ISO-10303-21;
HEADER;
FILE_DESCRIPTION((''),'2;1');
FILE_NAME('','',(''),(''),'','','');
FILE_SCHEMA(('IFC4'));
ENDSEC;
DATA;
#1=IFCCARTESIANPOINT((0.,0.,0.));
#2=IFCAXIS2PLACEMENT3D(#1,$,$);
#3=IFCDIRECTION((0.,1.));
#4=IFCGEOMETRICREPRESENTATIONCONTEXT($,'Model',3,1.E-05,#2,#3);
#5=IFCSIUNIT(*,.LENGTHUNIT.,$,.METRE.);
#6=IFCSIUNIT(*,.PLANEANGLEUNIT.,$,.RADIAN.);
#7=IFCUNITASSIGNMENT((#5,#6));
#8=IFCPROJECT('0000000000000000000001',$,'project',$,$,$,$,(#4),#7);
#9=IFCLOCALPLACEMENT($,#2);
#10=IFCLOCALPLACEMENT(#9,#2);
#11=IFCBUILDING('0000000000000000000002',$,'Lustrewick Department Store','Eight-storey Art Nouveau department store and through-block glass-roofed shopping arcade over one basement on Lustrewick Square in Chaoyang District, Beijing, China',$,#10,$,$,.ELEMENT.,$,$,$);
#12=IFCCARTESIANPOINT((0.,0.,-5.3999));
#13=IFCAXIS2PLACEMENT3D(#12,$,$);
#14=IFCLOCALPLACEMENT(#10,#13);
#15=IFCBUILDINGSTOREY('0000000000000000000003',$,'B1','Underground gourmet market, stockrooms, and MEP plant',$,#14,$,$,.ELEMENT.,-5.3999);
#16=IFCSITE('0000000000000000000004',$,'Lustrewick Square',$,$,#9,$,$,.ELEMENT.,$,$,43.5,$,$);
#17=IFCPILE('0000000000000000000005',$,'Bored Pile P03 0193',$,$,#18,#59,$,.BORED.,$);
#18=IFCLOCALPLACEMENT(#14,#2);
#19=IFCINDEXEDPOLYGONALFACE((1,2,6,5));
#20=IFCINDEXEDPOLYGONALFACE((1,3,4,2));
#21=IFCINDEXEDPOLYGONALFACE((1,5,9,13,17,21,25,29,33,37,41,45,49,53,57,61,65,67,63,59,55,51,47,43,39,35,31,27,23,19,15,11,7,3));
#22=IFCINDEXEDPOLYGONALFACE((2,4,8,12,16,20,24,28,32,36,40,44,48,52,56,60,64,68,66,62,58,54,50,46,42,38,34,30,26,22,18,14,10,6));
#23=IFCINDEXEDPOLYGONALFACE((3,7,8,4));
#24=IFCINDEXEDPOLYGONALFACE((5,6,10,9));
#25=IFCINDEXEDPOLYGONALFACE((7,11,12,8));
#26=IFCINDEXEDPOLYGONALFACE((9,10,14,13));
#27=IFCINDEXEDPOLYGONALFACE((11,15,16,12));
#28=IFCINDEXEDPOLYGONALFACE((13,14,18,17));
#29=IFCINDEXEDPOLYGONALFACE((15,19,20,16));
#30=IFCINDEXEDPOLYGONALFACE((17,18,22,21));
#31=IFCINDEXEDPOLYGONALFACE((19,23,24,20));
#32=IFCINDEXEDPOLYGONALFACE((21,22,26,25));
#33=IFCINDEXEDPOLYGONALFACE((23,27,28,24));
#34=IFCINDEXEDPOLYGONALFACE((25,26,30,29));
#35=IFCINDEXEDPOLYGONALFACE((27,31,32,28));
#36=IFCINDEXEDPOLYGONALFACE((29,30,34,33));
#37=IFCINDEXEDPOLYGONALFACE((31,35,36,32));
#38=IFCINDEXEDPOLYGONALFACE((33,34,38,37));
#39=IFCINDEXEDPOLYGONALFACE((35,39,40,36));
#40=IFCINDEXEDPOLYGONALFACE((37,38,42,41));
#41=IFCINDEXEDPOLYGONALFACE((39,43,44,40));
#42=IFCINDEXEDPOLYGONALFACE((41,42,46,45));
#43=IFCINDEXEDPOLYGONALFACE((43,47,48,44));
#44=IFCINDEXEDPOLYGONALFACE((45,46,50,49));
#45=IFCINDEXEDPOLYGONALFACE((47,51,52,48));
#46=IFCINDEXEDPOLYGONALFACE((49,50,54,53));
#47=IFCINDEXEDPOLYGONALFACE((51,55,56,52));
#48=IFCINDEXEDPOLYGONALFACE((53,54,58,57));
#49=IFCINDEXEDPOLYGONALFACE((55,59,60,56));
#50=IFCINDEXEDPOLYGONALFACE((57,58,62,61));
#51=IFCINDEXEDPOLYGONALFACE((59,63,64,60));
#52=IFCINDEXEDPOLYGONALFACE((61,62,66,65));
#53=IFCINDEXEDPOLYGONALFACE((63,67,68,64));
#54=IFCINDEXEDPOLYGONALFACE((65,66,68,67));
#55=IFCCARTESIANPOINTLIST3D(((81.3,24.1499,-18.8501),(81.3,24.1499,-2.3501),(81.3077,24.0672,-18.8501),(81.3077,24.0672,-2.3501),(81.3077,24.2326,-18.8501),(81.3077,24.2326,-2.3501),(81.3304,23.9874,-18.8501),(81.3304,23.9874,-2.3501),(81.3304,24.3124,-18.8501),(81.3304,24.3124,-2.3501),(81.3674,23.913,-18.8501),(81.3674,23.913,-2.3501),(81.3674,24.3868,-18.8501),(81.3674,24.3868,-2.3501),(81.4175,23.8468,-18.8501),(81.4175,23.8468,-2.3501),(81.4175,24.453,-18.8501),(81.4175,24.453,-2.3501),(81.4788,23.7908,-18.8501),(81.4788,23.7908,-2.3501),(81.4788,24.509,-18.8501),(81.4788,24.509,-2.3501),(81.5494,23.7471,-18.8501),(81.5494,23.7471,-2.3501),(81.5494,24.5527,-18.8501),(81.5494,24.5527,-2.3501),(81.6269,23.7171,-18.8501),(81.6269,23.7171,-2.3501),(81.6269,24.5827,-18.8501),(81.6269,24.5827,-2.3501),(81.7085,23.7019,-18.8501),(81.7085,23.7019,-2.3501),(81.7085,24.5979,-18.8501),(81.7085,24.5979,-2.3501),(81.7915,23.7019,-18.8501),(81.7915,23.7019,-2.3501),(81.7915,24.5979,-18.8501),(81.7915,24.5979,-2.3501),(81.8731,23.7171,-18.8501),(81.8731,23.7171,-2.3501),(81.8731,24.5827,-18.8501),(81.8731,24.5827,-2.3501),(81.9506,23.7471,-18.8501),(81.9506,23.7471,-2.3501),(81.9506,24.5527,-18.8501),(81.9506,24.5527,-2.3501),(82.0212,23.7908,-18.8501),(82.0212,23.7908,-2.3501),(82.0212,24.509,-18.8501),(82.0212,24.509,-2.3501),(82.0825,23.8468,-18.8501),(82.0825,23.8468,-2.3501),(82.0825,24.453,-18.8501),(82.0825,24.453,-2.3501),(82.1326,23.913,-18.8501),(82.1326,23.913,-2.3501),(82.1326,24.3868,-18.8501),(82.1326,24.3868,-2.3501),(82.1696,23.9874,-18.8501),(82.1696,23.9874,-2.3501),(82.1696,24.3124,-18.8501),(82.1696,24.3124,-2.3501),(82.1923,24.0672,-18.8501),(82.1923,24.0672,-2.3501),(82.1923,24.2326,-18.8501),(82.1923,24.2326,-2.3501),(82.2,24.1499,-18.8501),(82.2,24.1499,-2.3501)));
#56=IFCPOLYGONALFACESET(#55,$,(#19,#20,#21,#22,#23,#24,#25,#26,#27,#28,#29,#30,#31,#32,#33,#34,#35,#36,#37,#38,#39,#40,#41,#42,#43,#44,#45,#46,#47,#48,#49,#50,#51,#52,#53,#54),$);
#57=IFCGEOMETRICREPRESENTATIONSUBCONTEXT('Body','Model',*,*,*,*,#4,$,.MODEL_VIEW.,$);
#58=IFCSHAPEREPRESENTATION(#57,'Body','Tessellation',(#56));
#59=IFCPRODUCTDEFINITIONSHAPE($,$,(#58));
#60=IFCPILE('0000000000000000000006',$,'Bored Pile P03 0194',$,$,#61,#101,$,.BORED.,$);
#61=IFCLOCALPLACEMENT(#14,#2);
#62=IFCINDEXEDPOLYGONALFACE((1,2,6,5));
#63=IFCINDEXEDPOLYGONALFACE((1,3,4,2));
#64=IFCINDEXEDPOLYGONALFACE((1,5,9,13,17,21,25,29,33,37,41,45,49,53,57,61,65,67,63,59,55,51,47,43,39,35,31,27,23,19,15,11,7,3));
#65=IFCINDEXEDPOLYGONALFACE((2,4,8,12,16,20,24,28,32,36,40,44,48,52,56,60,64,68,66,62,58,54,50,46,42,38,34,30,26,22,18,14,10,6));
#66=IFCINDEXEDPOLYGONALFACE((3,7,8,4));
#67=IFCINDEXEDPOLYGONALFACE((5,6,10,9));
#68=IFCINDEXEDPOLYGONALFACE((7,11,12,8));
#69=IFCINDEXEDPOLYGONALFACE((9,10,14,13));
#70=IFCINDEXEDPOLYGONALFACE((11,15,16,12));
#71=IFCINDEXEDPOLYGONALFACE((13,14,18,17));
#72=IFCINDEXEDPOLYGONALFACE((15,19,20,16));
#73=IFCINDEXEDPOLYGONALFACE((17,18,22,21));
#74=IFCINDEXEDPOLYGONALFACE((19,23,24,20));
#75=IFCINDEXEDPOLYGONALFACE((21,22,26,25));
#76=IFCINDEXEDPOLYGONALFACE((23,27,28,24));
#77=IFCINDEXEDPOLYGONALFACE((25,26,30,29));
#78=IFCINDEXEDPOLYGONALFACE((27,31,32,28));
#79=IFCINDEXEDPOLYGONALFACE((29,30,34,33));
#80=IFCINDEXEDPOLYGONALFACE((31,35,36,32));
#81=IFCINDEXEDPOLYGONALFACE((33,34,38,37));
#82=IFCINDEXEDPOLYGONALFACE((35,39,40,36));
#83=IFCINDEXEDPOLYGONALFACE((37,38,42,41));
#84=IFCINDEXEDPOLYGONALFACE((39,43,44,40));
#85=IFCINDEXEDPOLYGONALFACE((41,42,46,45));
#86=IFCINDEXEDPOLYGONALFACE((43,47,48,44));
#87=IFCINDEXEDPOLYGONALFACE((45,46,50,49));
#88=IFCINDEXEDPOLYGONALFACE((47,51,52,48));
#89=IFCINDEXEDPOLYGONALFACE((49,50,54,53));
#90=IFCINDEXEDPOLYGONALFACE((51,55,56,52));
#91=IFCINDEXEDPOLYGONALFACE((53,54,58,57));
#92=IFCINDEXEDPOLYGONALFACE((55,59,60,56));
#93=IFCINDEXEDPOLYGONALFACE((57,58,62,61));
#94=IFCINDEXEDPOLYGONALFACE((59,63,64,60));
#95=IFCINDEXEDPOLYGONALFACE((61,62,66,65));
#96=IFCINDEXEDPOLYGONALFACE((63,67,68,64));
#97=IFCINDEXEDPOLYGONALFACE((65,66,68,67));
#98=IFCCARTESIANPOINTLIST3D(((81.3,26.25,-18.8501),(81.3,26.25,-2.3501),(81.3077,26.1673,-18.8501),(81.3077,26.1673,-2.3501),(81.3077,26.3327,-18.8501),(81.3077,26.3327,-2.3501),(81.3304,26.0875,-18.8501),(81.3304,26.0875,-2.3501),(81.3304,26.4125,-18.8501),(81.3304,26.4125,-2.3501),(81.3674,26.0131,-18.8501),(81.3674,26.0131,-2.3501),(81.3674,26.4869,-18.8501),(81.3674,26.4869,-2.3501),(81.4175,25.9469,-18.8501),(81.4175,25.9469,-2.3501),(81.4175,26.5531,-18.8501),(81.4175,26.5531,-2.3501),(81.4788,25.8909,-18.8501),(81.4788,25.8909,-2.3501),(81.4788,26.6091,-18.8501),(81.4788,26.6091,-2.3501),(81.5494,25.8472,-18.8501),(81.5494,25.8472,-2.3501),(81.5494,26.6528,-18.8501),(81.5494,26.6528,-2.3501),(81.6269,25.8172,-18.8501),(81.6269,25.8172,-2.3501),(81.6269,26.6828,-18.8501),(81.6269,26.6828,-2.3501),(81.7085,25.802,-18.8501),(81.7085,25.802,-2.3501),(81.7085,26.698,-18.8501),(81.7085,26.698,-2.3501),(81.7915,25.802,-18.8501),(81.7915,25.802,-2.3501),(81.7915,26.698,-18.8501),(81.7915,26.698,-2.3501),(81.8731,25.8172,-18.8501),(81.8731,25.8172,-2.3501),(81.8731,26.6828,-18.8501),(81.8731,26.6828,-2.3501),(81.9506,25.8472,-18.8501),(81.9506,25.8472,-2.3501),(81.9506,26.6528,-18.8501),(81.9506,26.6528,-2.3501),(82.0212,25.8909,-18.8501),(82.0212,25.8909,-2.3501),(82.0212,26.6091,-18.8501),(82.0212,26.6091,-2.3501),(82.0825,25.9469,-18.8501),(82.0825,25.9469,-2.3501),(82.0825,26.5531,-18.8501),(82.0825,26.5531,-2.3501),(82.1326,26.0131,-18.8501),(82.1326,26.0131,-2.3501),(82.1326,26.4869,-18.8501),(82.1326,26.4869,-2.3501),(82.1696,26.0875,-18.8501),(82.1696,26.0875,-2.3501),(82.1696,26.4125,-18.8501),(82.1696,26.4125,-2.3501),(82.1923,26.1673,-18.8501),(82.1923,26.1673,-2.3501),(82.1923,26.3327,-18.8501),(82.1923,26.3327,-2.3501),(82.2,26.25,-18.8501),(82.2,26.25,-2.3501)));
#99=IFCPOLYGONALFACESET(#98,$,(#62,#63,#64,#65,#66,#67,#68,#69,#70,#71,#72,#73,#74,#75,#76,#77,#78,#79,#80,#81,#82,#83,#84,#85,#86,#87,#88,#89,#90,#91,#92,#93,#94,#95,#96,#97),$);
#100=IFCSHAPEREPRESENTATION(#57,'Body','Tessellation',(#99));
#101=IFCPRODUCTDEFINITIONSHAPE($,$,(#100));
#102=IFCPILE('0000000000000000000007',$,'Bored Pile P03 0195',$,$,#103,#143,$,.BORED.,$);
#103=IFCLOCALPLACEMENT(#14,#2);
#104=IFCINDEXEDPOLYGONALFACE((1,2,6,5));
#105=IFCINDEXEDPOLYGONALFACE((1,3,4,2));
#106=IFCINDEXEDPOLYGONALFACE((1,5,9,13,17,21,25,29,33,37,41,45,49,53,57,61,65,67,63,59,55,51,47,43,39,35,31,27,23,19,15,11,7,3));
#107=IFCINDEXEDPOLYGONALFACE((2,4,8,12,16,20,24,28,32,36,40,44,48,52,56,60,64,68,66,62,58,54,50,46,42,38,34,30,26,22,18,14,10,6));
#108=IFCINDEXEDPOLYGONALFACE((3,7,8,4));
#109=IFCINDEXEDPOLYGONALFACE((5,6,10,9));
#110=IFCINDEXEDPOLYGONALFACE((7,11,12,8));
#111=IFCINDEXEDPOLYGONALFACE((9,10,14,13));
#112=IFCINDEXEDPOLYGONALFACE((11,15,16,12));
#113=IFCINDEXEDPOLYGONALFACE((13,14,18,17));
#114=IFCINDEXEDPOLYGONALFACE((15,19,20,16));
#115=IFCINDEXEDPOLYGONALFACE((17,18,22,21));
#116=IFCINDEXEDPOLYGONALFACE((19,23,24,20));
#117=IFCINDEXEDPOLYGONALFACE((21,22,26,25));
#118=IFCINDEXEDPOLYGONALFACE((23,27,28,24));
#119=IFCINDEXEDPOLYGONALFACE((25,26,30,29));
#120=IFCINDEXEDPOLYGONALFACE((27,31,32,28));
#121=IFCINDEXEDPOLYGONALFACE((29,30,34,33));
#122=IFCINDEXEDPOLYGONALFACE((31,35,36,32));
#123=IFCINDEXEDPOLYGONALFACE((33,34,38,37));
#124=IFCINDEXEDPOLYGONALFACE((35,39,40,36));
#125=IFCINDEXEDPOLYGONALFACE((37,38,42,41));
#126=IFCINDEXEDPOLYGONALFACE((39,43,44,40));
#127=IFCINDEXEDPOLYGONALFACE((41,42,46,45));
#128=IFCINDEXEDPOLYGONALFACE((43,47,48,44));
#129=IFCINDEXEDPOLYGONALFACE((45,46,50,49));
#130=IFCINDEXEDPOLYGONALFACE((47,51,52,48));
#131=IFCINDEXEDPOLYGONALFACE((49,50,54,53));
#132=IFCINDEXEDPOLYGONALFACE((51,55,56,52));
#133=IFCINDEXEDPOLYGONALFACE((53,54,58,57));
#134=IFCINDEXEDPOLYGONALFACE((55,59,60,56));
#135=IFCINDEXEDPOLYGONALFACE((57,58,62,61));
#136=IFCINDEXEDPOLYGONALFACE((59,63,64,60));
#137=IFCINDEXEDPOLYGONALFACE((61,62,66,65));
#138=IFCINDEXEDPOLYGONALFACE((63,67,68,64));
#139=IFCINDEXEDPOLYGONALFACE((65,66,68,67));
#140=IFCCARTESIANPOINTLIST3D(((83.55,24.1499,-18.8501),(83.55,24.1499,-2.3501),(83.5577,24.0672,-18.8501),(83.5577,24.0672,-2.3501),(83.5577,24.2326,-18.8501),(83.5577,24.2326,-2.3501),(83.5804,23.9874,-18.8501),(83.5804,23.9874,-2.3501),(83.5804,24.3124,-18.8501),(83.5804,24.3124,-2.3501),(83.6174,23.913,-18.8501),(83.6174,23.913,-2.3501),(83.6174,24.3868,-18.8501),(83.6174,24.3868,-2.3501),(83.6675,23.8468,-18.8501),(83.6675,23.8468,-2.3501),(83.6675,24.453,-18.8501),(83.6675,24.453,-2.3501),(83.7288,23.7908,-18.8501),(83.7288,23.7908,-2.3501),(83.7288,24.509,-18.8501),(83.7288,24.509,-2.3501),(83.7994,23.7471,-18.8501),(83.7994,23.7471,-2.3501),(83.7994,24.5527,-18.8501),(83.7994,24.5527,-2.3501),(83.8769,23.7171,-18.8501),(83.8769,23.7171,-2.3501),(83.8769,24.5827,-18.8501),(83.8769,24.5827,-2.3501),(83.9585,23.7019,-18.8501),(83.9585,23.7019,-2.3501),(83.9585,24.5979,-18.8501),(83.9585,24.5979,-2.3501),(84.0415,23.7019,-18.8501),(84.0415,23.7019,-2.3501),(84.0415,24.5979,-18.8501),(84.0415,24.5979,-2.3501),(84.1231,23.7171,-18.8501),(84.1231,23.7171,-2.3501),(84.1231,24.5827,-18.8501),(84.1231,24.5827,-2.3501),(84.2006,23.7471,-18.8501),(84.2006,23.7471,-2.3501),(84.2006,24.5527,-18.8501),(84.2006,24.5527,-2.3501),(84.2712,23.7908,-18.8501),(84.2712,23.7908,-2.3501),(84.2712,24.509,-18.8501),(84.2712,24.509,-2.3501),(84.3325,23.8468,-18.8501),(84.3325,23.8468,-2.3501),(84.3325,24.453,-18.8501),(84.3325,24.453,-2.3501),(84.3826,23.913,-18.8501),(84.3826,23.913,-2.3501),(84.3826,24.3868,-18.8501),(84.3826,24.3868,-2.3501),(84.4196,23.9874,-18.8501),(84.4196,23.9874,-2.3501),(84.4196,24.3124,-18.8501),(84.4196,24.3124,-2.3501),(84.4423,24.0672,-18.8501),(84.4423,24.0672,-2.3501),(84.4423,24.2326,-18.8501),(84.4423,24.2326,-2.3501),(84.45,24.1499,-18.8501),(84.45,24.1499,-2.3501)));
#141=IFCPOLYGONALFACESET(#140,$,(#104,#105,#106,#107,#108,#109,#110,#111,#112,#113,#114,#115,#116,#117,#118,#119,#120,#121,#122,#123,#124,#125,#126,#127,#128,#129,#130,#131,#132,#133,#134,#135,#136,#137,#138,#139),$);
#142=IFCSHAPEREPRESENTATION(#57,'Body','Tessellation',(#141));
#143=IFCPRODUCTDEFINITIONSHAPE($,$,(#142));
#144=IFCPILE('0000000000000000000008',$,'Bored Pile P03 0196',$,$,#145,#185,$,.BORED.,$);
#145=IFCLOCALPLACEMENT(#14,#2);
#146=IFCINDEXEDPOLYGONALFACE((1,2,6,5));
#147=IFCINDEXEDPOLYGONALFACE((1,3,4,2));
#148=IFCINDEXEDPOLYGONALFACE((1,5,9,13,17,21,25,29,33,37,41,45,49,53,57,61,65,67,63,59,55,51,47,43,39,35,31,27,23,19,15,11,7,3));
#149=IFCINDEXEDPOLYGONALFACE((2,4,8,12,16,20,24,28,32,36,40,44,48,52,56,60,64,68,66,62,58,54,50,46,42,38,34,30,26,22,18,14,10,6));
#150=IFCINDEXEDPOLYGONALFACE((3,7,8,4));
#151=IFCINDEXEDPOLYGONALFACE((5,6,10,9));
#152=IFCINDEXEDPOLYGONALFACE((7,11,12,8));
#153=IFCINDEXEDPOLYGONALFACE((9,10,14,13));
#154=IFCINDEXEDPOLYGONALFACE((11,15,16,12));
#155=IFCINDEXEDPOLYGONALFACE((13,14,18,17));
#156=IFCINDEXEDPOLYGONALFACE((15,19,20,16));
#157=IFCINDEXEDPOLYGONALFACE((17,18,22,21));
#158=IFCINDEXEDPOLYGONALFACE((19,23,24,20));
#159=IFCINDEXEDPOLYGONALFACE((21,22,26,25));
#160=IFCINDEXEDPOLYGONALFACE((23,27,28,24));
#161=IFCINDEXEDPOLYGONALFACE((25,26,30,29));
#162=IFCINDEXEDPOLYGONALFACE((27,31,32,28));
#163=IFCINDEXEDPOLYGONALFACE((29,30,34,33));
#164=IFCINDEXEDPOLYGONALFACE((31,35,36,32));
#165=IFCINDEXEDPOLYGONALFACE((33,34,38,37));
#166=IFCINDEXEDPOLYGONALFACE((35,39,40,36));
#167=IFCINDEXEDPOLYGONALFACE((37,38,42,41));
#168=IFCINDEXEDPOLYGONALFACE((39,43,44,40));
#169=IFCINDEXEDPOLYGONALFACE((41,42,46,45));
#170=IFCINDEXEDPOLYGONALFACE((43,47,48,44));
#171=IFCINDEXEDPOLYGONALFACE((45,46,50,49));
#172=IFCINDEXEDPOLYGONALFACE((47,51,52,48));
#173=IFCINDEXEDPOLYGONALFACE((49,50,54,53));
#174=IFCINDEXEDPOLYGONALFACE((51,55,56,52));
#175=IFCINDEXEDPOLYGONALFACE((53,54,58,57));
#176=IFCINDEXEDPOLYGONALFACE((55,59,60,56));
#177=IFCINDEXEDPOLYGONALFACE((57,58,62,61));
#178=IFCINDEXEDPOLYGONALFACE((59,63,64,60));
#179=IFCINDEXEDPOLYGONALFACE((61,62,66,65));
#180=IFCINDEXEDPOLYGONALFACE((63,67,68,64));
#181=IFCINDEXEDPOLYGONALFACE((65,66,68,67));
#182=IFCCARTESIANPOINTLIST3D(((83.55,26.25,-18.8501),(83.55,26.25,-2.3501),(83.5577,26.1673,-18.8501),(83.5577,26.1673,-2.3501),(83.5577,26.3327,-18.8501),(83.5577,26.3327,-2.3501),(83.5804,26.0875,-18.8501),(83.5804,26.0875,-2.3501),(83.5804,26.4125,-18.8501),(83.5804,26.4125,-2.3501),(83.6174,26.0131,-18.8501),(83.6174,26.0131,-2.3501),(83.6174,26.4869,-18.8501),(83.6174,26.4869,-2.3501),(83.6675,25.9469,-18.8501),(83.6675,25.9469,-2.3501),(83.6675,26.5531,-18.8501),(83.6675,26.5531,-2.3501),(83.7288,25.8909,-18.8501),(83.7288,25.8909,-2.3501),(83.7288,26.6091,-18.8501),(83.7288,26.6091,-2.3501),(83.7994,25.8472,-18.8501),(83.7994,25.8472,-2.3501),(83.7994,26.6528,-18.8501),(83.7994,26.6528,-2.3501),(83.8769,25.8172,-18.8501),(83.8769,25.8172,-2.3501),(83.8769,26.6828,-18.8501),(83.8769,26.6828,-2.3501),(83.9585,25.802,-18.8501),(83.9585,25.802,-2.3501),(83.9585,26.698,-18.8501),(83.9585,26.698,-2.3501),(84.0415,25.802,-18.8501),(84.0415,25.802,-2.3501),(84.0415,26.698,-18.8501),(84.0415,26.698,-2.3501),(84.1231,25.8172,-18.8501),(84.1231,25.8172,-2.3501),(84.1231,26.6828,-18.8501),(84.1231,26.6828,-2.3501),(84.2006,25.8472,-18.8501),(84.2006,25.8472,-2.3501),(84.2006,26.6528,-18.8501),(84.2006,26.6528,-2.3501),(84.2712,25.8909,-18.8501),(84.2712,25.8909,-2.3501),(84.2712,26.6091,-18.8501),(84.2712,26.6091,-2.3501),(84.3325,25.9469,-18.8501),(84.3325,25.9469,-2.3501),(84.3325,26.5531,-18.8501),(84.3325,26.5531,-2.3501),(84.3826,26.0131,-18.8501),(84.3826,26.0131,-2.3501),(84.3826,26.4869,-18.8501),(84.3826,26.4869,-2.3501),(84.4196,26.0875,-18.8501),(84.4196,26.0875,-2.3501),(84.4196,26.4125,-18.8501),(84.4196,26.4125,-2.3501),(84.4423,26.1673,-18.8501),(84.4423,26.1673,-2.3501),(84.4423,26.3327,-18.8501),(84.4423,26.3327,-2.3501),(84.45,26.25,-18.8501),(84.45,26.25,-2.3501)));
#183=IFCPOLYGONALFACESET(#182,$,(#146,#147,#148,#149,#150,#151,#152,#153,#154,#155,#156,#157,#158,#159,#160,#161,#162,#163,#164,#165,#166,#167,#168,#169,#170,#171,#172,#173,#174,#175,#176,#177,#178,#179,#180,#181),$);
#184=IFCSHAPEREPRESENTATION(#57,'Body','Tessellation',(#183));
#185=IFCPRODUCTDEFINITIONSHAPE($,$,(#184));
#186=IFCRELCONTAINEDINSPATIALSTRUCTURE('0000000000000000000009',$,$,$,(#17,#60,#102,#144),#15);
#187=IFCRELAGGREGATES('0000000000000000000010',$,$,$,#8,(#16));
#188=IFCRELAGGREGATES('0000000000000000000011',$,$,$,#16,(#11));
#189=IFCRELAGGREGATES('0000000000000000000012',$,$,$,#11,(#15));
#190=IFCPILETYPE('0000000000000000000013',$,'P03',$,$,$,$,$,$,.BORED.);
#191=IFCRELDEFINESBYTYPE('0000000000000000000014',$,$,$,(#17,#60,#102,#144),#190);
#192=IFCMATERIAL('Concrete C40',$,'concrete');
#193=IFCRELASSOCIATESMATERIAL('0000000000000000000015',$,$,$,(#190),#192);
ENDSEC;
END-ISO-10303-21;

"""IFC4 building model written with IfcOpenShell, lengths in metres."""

from ifc_helpers import new_model, si_unit, direction, frame, origin, origin_2d, place, context, subcontext, project, spatial, circle, extrude, material, material_profile, profile_set, type_object, element, save


model = new_model("IFC4")

# Units and contexts
model_context = context("Model", 3, precision=1e-05, world=origin(), true_north=direction((0.0, 1.0)))
body_context = subcontext(model_context, "Body", "Model", "MODEL_VIEW")
ifc_project = project(units=[si_unit("LENGTHUNIT", "METRE"), si_unit("PLANEANGLEUNIT", "RADIAN")], contexts=[model_context])

# Site, building, storey
site_placement = place(None, origin())
site = spatial("IfcSite", under=ifc_project, at=site_placement, Name="Lustrewick Square", CompositionType="ELEMENT", RefElevation=43.5)
building_placement = place(site_placement, origin())
building = spatial("IfcBuilding", under=site, at=building_placement, Name="Lustrewick Department Store", Description="Eight-storey Art Nouveau department store and through-block glass-roofed shopping arcade over one basement on Lustrewick Square in Chaoyang District, Beijing, China", CompositionType="ELEMENT")
storey_placement = place(building_placement, frame((0.0, 0.0, -5.3999)))
storey = spatial("IfcBuildingStorey", under=building, at=storey_placement, Name="B1", Description="Underground gourmet market, stockrooms, and MEP plant", CompositionType="ELEMENT", Elevation=-5.3999)

# Piles
ifc_material_1 = material(Name="Concrete C40", Category="concrete")
ifc_material_profile_1 = material_profile(ifc_material_1, circle(Radius=0.45, at=origin_2d()), Name="PILE D900")
ifc_profile_set_1 = profile_set([ifc_material_profile_1], Name="Concrete C40")
pile_type_1 = type_object("IfcPileType", Name="P03", PredefinedType="BORED", material=ifc_profile_set_1)
for number, where, z_axis, x_axis, name in (
    (1, (81.75, 24.1499, -2.3501), (0.0, 0.0, -1.0), (1.0, 0.0, 0.0), "Bored Pile P03 0193"),
    (2, (81.75, 26.25, -2.3501), (0.0, 0.0, -1.0), (1.0, 0.0, 0.0), "Bored Pile P03 0194"),
    (3, (84.0, 24.1499, -2.3501), (0.0, 0.0, -1.0), (1.0, 0.0, 0.0), "Bored Pile P03 0195"),
    (4, (84.0, 26.25, -2.3501), (0.0, 0.0, -1.0), (1.0, 0.0, 0.0), "Bored Pile P03 0196"),
):
    element("IfcPile", number, at=place(storey_placement, frame(where, z_axis=z_axis, x_axis=x_axis)), inside=storey, type_object=pile_type_1, Name=name, PredefinedType="BORED", context=body_context, shape_type="SweptSolid", body=[
        extrude(circle(Radius=0.45, at=origin_2d()), origin(), (0.0, 0.0, 1.0), 16.5),
    ])

save(model, "model.ifc")
